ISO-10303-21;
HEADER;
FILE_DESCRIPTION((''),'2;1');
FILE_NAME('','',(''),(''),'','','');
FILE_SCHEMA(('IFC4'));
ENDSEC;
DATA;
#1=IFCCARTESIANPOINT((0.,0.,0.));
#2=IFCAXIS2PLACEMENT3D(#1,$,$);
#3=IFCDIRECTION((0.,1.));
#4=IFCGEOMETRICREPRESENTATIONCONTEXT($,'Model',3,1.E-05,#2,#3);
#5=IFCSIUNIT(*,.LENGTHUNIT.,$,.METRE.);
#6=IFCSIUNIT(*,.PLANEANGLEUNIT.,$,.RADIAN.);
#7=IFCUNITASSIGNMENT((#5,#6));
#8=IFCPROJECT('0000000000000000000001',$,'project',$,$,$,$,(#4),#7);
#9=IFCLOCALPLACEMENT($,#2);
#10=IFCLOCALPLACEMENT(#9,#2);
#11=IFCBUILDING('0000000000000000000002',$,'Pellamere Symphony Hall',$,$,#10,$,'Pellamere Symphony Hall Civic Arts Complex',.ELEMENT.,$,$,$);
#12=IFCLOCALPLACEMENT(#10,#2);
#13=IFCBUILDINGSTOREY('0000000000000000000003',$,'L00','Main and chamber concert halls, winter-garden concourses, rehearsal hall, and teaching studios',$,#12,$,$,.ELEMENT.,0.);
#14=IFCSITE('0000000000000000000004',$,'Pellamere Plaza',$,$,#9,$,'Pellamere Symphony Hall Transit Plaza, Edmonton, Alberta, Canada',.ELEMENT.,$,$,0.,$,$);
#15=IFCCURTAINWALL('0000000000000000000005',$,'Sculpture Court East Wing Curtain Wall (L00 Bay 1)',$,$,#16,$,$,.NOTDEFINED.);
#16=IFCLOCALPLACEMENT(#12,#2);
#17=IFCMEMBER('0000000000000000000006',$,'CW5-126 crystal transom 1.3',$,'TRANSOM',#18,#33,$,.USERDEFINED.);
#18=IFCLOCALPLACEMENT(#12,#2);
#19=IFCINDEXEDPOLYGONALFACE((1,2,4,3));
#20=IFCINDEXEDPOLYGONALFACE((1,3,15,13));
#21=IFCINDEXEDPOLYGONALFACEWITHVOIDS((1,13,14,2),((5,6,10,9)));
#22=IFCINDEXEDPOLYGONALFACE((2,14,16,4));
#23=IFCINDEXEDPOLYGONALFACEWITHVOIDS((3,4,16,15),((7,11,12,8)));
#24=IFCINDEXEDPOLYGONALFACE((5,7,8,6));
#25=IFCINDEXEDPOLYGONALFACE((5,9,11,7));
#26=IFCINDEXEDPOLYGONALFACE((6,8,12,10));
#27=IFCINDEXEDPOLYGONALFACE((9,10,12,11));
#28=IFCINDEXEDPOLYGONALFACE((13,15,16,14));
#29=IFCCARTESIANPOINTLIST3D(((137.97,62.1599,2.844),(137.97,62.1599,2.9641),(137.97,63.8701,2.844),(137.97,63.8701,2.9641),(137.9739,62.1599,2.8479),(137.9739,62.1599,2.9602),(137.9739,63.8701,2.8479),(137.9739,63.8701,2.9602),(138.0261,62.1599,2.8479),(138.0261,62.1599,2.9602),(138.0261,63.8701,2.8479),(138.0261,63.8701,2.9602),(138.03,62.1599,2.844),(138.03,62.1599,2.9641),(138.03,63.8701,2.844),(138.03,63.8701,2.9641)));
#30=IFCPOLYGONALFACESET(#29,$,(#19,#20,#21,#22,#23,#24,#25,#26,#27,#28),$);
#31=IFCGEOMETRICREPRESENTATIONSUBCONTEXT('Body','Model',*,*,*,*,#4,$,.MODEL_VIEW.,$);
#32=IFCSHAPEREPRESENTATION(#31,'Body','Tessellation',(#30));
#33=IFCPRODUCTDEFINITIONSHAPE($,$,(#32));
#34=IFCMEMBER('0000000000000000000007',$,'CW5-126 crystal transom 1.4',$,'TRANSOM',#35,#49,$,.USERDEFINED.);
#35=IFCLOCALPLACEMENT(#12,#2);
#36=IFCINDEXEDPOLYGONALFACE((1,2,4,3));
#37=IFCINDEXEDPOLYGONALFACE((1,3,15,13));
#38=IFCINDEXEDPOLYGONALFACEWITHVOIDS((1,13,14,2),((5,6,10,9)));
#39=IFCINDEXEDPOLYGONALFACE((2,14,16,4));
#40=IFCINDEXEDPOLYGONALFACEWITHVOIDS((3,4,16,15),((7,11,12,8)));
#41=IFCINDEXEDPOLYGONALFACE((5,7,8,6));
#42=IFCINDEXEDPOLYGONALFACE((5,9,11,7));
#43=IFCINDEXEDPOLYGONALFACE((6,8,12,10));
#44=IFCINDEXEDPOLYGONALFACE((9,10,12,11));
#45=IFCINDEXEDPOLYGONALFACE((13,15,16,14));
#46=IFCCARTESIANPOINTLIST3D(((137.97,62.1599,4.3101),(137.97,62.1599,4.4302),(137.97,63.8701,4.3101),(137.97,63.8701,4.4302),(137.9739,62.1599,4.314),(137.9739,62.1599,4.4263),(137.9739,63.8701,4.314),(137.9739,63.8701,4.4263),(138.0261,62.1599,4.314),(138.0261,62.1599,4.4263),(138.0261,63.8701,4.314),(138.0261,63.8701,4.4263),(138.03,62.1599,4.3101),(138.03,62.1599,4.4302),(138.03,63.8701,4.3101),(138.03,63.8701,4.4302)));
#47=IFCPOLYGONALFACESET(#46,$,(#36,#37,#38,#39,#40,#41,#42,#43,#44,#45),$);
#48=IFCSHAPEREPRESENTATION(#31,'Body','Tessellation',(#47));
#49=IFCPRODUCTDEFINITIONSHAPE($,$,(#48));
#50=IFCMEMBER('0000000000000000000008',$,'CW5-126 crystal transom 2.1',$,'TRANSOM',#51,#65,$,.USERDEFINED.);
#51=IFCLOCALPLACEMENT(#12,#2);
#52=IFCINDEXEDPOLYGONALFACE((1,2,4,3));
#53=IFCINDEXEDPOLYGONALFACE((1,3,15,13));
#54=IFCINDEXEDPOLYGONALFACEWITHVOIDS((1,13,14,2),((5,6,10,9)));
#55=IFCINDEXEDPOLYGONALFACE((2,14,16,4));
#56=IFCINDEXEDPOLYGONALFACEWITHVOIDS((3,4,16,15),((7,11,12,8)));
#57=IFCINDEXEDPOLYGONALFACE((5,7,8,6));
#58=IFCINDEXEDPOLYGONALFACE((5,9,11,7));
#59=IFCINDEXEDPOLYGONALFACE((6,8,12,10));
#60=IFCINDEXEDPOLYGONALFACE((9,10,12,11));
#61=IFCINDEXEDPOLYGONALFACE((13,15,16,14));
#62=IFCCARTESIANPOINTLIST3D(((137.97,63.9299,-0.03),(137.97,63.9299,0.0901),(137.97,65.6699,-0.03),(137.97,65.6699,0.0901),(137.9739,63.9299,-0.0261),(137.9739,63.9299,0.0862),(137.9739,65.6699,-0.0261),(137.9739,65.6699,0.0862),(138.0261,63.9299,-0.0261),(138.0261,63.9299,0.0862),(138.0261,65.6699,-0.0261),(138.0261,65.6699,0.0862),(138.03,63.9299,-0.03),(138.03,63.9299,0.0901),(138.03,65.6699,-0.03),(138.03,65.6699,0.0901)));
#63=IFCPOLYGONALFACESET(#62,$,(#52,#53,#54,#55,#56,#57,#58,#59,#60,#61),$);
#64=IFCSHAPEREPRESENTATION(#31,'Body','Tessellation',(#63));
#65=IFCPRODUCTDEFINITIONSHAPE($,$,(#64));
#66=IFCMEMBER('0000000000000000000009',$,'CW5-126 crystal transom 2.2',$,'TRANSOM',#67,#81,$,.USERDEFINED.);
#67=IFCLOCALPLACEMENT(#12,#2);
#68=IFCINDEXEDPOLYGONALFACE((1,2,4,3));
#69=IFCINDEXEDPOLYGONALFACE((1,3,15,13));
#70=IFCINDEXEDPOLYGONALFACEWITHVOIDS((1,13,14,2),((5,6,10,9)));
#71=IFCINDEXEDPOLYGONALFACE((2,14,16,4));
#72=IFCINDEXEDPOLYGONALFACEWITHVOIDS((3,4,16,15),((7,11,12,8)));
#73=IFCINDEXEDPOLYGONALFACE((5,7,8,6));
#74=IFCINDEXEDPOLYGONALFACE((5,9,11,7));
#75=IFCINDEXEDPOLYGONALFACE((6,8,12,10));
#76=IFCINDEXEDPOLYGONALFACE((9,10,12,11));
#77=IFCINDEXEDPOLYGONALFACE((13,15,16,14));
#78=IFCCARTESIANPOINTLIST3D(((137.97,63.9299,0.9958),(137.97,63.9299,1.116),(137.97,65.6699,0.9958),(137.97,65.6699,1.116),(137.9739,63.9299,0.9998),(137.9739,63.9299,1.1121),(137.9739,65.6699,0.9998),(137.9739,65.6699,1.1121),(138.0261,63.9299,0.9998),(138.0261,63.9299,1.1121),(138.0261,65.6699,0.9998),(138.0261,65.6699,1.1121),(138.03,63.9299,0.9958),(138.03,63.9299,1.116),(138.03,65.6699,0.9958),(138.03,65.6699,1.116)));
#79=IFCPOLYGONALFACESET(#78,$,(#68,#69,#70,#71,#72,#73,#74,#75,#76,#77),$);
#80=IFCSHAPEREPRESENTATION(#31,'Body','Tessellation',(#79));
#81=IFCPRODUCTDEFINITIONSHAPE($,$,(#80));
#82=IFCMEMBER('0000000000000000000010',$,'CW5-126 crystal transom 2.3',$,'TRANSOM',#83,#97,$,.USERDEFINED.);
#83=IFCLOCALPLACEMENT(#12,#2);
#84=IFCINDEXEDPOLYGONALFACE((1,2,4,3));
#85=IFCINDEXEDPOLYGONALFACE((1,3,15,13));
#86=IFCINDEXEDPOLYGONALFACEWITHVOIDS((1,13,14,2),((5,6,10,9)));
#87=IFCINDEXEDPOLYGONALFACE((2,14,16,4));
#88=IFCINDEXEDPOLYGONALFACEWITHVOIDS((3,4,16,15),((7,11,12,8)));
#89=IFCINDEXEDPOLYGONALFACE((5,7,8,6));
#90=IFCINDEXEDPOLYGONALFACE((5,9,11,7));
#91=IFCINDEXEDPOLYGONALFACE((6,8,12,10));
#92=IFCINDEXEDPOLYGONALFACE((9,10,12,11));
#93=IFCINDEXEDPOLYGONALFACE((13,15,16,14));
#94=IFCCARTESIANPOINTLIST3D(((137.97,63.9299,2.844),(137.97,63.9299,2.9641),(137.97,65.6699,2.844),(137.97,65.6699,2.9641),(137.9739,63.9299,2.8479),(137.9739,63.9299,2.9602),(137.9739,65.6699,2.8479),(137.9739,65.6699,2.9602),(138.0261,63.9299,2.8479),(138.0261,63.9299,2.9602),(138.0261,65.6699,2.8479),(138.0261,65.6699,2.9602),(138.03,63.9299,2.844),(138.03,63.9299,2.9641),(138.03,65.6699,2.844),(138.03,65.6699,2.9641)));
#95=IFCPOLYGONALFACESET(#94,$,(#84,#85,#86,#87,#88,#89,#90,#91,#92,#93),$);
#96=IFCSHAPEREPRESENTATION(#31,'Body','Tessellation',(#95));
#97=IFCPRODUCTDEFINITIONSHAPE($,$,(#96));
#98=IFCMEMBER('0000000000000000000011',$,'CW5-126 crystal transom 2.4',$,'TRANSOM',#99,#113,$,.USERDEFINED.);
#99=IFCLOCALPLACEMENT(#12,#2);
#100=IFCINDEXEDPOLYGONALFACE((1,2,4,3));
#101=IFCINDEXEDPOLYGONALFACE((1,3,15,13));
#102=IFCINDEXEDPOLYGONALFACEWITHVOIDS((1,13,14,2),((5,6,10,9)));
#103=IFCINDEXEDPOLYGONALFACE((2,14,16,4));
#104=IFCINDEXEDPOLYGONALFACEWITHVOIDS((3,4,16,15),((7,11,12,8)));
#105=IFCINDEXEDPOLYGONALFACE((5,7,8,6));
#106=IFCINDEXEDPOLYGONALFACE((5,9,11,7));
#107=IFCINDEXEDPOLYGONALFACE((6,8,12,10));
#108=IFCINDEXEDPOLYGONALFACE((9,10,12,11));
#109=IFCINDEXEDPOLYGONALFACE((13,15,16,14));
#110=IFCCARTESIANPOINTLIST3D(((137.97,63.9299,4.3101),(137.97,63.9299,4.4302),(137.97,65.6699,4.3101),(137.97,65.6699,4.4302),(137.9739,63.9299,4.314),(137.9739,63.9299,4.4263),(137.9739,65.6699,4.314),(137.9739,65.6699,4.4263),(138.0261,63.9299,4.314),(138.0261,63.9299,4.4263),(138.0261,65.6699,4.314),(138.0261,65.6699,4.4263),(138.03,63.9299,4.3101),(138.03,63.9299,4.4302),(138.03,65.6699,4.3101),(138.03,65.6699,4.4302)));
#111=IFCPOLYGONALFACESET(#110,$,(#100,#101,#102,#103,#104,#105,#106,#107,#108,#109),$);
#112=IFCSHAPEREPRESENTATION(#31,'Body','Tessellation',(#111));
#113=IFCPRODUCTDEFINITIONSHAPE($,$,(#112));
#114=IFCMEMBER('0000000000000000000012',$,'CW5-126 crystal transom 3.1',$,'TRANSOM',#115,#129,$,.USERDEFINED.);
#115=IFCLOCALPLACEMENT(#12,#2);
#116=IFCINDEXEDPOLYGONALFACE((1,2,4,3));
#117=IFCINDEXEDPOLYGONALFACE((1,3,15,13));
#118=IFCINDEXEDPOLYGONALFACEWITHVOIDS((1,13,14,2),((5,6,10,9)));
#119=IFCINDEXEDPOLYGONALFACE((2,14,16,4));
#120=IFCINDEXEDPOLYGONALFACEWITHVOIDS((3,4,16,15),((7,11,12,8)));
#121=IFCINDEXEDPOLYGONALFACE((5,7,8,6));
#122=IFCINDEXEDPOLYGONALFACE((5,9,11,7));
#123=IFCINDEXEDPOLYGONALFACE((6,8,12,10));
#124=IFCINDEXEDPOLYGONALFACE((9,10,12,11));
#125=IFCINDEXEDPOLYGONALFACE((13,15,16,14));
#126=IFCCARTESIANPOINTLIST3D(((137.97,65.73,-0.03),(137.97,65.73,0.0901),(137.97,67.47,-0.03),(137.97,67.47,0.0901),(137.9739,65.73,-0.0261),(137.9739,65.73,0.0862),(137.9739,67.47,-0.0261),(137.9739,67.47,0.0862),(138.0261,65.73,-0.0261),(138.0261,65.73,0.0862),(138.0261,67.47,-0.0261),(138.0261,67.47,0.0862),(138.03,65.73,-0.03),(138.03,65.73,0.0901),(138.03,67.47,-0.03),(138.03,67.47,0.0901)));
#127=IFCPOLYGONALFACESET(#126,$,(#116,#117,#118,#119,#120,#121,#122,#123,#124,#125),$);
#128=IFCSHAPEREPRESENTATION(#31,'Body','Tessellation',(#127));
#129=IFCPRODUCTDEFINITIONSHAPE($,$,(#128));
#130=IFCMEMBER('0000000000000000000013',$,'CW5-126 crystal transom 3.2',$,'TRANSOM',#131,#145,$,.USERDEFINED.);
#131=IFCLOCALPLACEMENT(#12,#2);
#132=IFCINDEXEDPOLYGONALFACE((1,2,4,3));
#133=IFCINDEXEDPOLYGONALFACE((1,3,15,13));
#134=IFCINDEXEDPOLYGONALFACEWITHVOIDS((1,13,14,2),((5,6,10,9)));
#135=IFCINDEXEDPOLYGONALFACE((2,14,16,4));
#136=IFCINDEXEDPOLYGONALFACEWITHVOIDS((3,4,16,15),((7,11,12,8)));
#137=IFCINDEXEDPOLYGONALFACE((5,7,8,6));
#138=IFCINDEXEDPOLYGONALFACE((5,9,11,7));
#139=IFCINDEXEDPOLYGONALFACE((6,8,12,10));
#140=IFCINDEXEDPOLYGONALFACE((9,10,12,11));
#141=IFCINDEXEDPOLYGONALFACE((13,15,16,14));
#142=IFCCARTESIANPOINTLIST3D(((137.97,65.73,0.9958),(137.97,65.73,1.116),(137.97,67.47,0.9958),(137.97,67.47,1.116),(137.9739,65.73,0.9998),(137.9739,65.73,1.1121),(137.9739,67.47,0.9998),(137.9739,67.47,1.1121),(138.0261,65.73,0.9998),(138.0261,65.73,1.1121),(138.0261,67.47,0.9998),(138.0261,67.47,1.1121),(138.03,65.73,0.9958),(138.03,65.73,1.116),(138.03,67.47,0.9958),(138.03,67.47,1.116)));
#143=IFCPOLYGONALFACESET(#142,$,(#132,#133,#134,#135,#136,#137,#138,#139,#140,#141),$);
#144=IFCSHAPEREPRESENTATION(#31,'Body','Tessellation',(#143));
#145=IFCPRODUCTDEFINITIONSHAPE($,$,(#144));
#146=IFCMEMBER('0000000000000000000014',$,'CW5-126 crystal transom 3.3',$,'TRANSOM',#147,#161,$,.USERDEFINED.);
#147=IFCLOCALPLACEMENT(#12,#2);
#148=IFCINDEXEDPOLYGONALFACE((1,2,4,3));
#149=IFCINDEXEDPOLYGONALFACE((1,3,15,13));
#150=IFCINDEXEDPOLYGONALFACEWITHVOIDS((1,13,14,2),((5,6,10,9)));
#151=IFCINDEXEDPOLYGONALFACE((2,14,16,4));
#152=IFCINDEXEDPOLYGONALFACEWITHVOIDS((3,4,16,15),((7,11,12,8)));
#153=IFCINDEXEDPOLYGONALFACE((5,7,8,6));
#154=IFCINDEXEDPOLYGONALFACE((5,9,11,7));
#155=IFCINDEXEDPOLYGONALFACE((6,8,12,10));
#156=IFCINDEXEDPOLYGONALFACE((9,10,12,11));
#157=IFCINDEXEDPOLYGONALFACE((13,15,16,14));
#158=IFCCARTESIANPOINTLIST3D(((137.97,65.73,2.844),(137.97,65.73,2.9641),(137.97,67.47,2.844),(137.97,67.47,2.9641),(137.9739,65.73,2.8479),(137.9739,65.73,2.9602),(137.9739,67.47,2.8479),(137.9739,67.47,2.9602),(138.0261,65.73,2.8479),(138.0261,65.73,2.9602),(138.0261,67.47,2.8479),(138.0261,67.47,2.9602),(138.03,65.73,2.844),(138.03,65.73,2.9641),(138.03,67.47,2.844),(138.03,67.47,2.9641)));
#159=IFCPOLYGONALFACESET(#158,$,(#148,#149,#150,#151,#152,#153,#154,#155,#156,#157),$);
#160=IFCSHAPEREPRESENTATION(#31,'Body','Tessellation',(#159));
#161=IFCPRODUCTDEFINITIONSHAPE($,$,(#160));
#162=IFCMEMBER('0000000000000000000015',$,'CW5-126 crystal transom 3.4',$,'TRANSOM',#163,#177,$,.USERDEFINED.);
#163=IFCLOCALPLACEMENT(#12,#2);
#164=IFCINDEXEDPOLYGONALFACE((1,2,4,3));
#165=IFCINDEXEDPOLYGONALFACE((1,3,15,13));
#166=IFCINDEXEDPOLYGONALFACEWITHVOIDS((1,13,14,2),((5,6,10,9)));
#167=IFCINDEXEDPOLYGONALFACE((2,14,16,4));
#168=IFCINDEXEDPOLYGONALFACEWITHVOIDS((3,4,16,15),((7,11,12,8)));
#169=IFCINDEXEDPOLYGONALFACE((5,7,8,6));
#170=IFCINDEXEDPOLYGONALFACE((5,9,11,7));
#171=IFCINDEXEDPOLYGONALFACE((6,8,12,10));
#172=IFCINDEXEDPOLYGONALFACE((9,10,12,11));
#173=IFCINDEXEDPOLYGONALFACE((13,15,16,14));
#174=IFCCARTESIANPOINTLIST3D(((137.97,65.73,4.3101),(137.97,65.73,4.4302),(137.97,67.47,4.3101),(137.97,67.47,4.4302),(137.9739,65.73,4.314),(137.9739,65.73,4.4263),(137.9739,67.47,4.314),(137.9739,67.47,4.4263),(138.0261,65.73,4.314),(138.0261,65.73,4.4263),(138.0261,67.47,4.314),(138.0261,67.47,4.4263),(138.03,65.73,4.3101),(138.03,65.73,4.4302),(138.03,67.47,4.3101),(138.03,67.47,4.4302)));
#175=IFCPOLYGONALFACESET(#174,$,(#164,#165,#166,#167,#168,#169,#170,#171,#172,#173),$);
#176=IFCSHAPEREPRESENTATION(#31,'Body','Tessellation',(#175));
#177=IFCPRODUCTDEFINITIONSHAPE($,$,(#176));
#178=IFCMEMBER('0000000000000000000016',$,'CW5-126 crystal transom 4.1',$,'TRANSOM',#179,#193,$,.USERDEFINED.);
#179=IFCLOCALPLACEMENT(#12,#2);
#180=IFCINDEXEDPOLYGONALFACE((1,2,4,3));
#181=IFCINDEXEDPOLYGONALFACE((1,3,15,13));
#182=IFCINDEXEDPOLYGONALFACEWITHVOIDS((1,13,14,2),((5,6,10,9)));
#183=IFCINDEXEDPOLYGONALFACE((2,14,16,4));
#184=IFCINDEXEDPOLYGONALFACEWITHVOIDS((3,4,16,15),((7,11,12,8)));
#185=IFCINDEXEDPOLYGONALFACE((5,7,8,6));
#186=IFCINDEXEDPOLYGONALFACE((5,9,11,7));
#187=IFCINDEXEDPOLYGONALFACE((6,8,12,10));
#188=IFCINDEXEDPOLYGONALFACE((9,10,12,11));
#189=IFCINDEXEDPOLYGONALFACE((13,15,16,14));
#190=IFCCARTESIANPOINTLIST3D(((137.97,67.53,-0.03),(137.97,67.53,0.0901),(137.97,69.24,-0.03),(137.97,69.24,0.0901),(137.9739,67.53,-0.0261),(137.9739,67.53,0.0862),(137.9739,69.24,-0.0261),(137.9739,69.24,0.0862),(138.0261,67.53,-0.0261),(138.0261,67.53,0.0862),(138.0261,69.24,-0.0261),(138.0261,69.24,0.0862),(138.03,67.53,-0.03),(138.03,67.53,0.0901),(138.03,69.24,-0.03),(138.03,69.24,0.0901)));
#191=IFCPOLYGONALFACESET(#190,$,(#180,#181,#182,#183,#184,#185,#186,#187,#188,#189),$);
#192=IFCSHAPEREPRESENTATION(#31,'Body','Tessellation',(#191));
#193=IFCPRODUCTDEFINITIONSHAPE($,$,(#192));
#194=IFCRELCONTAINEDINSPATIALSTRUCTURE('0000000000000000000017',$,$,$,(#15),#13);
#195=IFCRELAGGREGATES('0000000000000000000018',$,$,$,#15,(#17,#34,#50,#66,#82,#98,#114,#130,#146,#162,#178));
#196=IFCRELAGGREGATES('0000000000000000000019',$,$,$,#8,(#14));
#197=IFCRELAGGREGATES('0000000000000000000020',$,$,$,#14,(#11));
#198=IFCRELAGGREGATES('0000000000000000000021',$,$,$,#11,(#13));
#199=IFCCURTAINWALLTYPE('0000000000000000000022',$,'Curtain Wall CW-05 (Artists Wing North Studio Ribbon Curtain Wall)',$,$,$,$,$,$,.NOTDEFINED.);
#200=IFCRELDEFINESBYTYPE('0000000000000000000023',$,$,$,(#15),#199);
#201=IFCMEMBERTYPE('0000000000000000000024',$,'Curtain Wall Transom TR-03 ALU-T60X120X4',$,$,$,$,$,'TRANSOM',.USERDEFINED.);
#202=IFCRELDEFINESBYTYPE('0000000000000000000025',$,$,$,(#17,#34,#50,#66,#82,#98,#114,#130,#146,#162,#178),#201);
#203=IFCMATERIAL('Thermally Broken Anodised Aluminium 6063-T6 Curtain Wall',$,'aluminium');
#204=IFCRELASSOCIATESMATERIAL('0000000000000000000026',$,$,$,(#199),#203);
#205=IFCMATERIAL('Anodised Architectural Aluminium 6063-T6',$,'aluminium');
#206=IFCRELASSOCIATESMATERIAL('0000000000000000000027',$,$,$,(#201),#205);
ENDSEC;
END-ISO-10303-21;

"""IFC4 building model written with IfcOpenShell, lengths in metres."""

from ifc_helpers import new_model, si_unit, direction, frame, origin, origin_2d, place, context, subcontext, project, spatial, hollow_rectangle, extrude, material, material_profile, profile_set, type_object, element, aggregate, save


model = new_model("IFC4")

# Units and contexts
model_context = context("Model", 3, precision=1e-05, world=origin(), true_north=direction((0.0, 1.0)))
body_context = subcontext(model_context, "Body", "Model", "MODEL_VIEW")
ifc_project = project(units=[si_unit("LENGTHUNIT", "METRE"), si_unit("PLANEANGLEUNIT", "RADIAN")], contexts=[model_context])

# Site, building, storey
site_placement = place(None, origin())
site = spatial("IfcSite", under=ifc_project, at=site_placement, Name="Pellamere Plaza", LongName="Pellamere Symphony Hall Transit Plaza, Edmonton, Alberta, Canada", CompositionType="ELEMENT", RefElevation=0.0)
building_placement = place(site_placement, origin())
building = spatial("IfcBuilding", under=site, at=building_placement, Name="Pellamere Symphony Hall", LongName="Pellamere Symphony Hall Civic Arts Complex", CompositionType="ELEMENT")
storey_placement = place(building_placement, origin())
storey = spatial("IfcBuildingStorey", under=building, at=storey_placement, Name="L00", Description="Main and chamber concert halls, winter-garden concourses, rehearsal hall, and teaching studios", CompositionType="ELEMENT", Elevation=0.0)

# Shared definitions
ifc_material_1 = material(Name="Thermally Broken Anodised Aluminium 6063-T6 Curtain Wall", Category="aluminium")
ifc_material_2 = material(Name="Anodised Architectural Aluminium 6063-T6", Category="aluminium")

# Curtain wall
curtain_wall_type_1 = type_object("IfcCurtainWallType", Name="Curtain Wall CW-05 (Artists Wing North Studio Ribbon Curtain Wall)", PredefinedType="NOTDEFINED", material=ifc_material_1)
curtain_wall_1_placement = place(storey_placement, origin())
curtain_wall_1 = element("IfcCurtainWall", 1, at=curtain_wall_1_placement, inside=storey, type_object=curtain_wall_type_1, Name="Sculpture Court East Wing Curtain Wall (L00 Bay 1)", PredefinedType="NOTDEFINED")

# Members
ifc_material_profile_1 = material_profile(ifc_material_2, hollow_rectangle(XDim=0.0601, YDim=0.1201, WallThickness=0.0039, at=origin_2d()), Name="ALU-T60X120X4")
ifc_profile_set_1 = profile_set([ifc_material_profile_1], Name="Anodised Architectural Aluminium 6063-T6")
member_type_1 = type_object("IfcMemberType", Name="Curtain Wall Transom TR-03 ALU-T60X120X4", ElementType="TRANSOM", PredefinedType="USERDEFINED", material=ifc_profile_set_1)
member_1_placement = place(storey_placement, frame((138.0, 62.1599, 2.9041), z_axis=(0.0, 1.0, 0.0), x_axis=(-1.0, 0.0, 0.0)))
member_1 = element("IfcMember", 2, at=member_1_placement, type_object=member_type_1, Name="CW5-126 crystal transom 1.3", ObjectType="TRANSOM", PredefinedType="USERDEFINED", context=body_context, shape_type="SweptSolid", body=[
    extrude(hollow_rectangle(XDim=0.0601, YDim=0.1201, WallThickness=0.0039, at=origin_2d()), origin(), (0.0, 0.0, 1.0), 1.7102),
])
member_2_placement = place(storey_placement, frame((138.0, 62.1599, 4.3701), z_axis=(0.0, 1.0, 0.0), x_axis=(-1.0, 0.0, 0.0)))
member_2 = element("IfcMember", 3, at=member_2_placement, type_object=member_type_1, Name="CW5-126 crystal transom 1.4", ObjectType="TRANSOM", PredefinedType="USERDEFINED", context=body_context, shape_type="SweptSolid", body=[
    extrude(hollow_rectangle(XDim=0.0601, YDim=0.1201, WallThickness=0.0039, at=origin_2d()), origin(), (0.0, 0.0, 1.0), 1.7102),
])
member_3_placement = place(storey_placement, frame((138.0, 63.9299, 0.03), z_axis=(0.0, 1.0, 0.0), x_axis=(-1.0, 0.0, 0.0)))
member_3 = element("IfcMember", 4, at=member_3_placement, type_object=member_type_1, Name="CW5-126 crystal transom 2.1", ObjectType="TRANSOM", PredefinedType="USERDEFINED", context=body_context, shape_type="SweptSolid", body=[
    extrude(hollow_rectangle(XDim=0.0601, YDim=0.1201, WallThickness=0.0039, at=origin_2d()), origin(), (0.0, 0.0, 1.0), 1.74),
])
member_4_placement = place(storey_placement, frame((138.0, 63.9299, 1.0559), z_axis=(0.0, 1.0, 0.0), x_axis=(-1.0, 0.0, 0.0)))
member_4 = element("IfcMember", 5, at=member_4_placement, type_object=member_type_1, Name="CW5-126 crystal transom 2.2", ObjectType="TRANSOM", PredefinedType="USERDEFINED", context=body_context, shape_type="SweptSolid", body=[
    extrude(hollow_rectangle(XDim=0.0601, YDim=0.1201, WallThickness=0.0039, at=origin_2d()), origin(), (0.0, 0.0, 1.0), 1.74),
])
member_5_placement = place(storey_placement, frame((138.0, 63.9299, 2.9041), z_axis=(0.0, 1.0, 0.0), x_axis=(-1.0, 0.0, 0.0)))
member_5 = element("IfcMember", 6, at=member_5_placement, type_object=member_type_1, Name="CW5-126 crystal transom 2.3", ObjectType="TRANSOM", PredefinedType="USERDEFINED", context=body_context, shape_type="SweptSolid", body=[
    extrude(hollow_rectangle(XDim=0.0601, YDim=0.1201, WallThickness=0.0039, at=origin_2d()), origin(), (0.0, 0.0, 1.0), 1.74),
])
member_6_placement = place(storey_placement, frame((138.0, 63.9299, 4.3701), z_axis=(0.0, 1.0, 0.0), x_axis=(-1.0, 0.0, 0.0)))
member_6 = element("IfcMember", 7, at=member_6_placement, type_object=member_type_1, Name="CW5-126 crystal transom 2.4", ObjectType="TRANSOM", PredefinedType="USERDEFINED", context=body_context, shape_type="SweptSolid", body=[
    extrude(hollow_rectangle(XDim=0.0601, YDim=0.1201, WallThickness=0.0039, at=origin_2d()), origin(), (0.0, 0.0, 1.0), 1.74),
])
member_7_placement = place(storey_placement, frame((138.0, 65.73, 0.03), z_axis=(0.0, 1.0, 0.0), x_axis=(-1.0, 0.0, 0.0)))
member_7 = element("IfcMember", 8, at=member_7_placement, type_object=member_type_1, Name="CW5-126 crystal transom 3.1", ObjectType="TRANSOM", PredefinedType="USERDEFINED", context=body_context, shape_type="SweptSolid", body=[
    extrude(hollow_rectangle(XDim=0.0601, YDim=0.1201, WallThickness=0.0039, at=origin_2d()), origin(), (0.0, 0.0, 1.0), 1.74),
])
member_8_placement = place(storey_placement, frame((138.0, 65.73, 1.0559), z_axis=(0.0, 1.0, 0.0), x_axis=(-1.0, 0.0, 0.0)))
member_8 = element("IfcMember", 9, at=member_8_placement, type_object=member_type_1, Name="CW5-126 crystal transom 3.2", ObjectType="TRANSOM", PredefinedType="USERDEFINED", context=body_context, shape_type="SweptSolid", body=[
    extrude(hollow_rectangle(XDim=0.0601, YDim=0.1201, WallThickness=0.0039, at=origin_2d()), origin(), (0.0, 0.0, 1.0), 1.74),
])
member_9_placement = place(storey_placement, frame((138.0, 65.73, 2.9041), z_axis=(0.0, 1.0, 0.0), x_axis=(-1.0, 0.0, 0.0)))
member_9 = element("IfcMember", 10, at=member_9_placement, type_object=member_type_1, Name="CW5-126 crystal transom 3.3", ObjectType="TRANSOM", PredefinedType="USERDEFINED", context=body_context, shape_type="SweptSolid", body=[
    extrude(hollow_rectangle(XDim=0.0601, YDim=0.1201, WallThickness=0.0039, at=origin_2d()), origin(), (0.0, 0.0, 1.0), 1.74),
])
member_10_placement = place(storey_placement, frame((138.0, 65.73, 4.3701), z_axis=(0.0, 1.0, 0.0), x_axis=(-1.0, 0.0, 0.0)))
member_10 = element("IfcMember", 11, at=member_10_placement, type_object=member_type_1, Name="CW5-126 crystal transom 3.4", ObjectType="TRANSOM", PredefinedType="USERDEFINED", context=body_context, shape_type="SweptSolid", body=[
    extrude(hollow_rectangle(XDim=0.0601, YDim=0.1201, WallThickness=0.0039, at=origin_2d()), origin(), (0.0, 0.0, 1.0), 1.74),
])
member_11_placement = place(storey_placement, frame((138.0, 67.53, 0.03), z_axis=(0.0, 1.0, 0.0), x_axis=(-1.0, 0.0, 0.0)))
member_11 = element("IfcMember", 12, at=member_11_placement, type_object=member_type_1, Name="CW5-126 crystal transom 4.1", ObjectType="TRANSOM", PredefinedType="USERDEFINED", context=body_context, shape_type="SweptSolid", body=[
    extrude(hollow_rectangle(XDim=0.0601, YDim=0.1201, WallThickness=0.0039, at=origin_2d()), origin(), (0.0, 0.0, 1.0), 1.71),
])

aggregate(curtain_wall_1, [member_1, member_2, member_3, member_4, member_5, member_6, member_7, member_8, member_9, member_10, member_11])

save(model, "model.ifc")
